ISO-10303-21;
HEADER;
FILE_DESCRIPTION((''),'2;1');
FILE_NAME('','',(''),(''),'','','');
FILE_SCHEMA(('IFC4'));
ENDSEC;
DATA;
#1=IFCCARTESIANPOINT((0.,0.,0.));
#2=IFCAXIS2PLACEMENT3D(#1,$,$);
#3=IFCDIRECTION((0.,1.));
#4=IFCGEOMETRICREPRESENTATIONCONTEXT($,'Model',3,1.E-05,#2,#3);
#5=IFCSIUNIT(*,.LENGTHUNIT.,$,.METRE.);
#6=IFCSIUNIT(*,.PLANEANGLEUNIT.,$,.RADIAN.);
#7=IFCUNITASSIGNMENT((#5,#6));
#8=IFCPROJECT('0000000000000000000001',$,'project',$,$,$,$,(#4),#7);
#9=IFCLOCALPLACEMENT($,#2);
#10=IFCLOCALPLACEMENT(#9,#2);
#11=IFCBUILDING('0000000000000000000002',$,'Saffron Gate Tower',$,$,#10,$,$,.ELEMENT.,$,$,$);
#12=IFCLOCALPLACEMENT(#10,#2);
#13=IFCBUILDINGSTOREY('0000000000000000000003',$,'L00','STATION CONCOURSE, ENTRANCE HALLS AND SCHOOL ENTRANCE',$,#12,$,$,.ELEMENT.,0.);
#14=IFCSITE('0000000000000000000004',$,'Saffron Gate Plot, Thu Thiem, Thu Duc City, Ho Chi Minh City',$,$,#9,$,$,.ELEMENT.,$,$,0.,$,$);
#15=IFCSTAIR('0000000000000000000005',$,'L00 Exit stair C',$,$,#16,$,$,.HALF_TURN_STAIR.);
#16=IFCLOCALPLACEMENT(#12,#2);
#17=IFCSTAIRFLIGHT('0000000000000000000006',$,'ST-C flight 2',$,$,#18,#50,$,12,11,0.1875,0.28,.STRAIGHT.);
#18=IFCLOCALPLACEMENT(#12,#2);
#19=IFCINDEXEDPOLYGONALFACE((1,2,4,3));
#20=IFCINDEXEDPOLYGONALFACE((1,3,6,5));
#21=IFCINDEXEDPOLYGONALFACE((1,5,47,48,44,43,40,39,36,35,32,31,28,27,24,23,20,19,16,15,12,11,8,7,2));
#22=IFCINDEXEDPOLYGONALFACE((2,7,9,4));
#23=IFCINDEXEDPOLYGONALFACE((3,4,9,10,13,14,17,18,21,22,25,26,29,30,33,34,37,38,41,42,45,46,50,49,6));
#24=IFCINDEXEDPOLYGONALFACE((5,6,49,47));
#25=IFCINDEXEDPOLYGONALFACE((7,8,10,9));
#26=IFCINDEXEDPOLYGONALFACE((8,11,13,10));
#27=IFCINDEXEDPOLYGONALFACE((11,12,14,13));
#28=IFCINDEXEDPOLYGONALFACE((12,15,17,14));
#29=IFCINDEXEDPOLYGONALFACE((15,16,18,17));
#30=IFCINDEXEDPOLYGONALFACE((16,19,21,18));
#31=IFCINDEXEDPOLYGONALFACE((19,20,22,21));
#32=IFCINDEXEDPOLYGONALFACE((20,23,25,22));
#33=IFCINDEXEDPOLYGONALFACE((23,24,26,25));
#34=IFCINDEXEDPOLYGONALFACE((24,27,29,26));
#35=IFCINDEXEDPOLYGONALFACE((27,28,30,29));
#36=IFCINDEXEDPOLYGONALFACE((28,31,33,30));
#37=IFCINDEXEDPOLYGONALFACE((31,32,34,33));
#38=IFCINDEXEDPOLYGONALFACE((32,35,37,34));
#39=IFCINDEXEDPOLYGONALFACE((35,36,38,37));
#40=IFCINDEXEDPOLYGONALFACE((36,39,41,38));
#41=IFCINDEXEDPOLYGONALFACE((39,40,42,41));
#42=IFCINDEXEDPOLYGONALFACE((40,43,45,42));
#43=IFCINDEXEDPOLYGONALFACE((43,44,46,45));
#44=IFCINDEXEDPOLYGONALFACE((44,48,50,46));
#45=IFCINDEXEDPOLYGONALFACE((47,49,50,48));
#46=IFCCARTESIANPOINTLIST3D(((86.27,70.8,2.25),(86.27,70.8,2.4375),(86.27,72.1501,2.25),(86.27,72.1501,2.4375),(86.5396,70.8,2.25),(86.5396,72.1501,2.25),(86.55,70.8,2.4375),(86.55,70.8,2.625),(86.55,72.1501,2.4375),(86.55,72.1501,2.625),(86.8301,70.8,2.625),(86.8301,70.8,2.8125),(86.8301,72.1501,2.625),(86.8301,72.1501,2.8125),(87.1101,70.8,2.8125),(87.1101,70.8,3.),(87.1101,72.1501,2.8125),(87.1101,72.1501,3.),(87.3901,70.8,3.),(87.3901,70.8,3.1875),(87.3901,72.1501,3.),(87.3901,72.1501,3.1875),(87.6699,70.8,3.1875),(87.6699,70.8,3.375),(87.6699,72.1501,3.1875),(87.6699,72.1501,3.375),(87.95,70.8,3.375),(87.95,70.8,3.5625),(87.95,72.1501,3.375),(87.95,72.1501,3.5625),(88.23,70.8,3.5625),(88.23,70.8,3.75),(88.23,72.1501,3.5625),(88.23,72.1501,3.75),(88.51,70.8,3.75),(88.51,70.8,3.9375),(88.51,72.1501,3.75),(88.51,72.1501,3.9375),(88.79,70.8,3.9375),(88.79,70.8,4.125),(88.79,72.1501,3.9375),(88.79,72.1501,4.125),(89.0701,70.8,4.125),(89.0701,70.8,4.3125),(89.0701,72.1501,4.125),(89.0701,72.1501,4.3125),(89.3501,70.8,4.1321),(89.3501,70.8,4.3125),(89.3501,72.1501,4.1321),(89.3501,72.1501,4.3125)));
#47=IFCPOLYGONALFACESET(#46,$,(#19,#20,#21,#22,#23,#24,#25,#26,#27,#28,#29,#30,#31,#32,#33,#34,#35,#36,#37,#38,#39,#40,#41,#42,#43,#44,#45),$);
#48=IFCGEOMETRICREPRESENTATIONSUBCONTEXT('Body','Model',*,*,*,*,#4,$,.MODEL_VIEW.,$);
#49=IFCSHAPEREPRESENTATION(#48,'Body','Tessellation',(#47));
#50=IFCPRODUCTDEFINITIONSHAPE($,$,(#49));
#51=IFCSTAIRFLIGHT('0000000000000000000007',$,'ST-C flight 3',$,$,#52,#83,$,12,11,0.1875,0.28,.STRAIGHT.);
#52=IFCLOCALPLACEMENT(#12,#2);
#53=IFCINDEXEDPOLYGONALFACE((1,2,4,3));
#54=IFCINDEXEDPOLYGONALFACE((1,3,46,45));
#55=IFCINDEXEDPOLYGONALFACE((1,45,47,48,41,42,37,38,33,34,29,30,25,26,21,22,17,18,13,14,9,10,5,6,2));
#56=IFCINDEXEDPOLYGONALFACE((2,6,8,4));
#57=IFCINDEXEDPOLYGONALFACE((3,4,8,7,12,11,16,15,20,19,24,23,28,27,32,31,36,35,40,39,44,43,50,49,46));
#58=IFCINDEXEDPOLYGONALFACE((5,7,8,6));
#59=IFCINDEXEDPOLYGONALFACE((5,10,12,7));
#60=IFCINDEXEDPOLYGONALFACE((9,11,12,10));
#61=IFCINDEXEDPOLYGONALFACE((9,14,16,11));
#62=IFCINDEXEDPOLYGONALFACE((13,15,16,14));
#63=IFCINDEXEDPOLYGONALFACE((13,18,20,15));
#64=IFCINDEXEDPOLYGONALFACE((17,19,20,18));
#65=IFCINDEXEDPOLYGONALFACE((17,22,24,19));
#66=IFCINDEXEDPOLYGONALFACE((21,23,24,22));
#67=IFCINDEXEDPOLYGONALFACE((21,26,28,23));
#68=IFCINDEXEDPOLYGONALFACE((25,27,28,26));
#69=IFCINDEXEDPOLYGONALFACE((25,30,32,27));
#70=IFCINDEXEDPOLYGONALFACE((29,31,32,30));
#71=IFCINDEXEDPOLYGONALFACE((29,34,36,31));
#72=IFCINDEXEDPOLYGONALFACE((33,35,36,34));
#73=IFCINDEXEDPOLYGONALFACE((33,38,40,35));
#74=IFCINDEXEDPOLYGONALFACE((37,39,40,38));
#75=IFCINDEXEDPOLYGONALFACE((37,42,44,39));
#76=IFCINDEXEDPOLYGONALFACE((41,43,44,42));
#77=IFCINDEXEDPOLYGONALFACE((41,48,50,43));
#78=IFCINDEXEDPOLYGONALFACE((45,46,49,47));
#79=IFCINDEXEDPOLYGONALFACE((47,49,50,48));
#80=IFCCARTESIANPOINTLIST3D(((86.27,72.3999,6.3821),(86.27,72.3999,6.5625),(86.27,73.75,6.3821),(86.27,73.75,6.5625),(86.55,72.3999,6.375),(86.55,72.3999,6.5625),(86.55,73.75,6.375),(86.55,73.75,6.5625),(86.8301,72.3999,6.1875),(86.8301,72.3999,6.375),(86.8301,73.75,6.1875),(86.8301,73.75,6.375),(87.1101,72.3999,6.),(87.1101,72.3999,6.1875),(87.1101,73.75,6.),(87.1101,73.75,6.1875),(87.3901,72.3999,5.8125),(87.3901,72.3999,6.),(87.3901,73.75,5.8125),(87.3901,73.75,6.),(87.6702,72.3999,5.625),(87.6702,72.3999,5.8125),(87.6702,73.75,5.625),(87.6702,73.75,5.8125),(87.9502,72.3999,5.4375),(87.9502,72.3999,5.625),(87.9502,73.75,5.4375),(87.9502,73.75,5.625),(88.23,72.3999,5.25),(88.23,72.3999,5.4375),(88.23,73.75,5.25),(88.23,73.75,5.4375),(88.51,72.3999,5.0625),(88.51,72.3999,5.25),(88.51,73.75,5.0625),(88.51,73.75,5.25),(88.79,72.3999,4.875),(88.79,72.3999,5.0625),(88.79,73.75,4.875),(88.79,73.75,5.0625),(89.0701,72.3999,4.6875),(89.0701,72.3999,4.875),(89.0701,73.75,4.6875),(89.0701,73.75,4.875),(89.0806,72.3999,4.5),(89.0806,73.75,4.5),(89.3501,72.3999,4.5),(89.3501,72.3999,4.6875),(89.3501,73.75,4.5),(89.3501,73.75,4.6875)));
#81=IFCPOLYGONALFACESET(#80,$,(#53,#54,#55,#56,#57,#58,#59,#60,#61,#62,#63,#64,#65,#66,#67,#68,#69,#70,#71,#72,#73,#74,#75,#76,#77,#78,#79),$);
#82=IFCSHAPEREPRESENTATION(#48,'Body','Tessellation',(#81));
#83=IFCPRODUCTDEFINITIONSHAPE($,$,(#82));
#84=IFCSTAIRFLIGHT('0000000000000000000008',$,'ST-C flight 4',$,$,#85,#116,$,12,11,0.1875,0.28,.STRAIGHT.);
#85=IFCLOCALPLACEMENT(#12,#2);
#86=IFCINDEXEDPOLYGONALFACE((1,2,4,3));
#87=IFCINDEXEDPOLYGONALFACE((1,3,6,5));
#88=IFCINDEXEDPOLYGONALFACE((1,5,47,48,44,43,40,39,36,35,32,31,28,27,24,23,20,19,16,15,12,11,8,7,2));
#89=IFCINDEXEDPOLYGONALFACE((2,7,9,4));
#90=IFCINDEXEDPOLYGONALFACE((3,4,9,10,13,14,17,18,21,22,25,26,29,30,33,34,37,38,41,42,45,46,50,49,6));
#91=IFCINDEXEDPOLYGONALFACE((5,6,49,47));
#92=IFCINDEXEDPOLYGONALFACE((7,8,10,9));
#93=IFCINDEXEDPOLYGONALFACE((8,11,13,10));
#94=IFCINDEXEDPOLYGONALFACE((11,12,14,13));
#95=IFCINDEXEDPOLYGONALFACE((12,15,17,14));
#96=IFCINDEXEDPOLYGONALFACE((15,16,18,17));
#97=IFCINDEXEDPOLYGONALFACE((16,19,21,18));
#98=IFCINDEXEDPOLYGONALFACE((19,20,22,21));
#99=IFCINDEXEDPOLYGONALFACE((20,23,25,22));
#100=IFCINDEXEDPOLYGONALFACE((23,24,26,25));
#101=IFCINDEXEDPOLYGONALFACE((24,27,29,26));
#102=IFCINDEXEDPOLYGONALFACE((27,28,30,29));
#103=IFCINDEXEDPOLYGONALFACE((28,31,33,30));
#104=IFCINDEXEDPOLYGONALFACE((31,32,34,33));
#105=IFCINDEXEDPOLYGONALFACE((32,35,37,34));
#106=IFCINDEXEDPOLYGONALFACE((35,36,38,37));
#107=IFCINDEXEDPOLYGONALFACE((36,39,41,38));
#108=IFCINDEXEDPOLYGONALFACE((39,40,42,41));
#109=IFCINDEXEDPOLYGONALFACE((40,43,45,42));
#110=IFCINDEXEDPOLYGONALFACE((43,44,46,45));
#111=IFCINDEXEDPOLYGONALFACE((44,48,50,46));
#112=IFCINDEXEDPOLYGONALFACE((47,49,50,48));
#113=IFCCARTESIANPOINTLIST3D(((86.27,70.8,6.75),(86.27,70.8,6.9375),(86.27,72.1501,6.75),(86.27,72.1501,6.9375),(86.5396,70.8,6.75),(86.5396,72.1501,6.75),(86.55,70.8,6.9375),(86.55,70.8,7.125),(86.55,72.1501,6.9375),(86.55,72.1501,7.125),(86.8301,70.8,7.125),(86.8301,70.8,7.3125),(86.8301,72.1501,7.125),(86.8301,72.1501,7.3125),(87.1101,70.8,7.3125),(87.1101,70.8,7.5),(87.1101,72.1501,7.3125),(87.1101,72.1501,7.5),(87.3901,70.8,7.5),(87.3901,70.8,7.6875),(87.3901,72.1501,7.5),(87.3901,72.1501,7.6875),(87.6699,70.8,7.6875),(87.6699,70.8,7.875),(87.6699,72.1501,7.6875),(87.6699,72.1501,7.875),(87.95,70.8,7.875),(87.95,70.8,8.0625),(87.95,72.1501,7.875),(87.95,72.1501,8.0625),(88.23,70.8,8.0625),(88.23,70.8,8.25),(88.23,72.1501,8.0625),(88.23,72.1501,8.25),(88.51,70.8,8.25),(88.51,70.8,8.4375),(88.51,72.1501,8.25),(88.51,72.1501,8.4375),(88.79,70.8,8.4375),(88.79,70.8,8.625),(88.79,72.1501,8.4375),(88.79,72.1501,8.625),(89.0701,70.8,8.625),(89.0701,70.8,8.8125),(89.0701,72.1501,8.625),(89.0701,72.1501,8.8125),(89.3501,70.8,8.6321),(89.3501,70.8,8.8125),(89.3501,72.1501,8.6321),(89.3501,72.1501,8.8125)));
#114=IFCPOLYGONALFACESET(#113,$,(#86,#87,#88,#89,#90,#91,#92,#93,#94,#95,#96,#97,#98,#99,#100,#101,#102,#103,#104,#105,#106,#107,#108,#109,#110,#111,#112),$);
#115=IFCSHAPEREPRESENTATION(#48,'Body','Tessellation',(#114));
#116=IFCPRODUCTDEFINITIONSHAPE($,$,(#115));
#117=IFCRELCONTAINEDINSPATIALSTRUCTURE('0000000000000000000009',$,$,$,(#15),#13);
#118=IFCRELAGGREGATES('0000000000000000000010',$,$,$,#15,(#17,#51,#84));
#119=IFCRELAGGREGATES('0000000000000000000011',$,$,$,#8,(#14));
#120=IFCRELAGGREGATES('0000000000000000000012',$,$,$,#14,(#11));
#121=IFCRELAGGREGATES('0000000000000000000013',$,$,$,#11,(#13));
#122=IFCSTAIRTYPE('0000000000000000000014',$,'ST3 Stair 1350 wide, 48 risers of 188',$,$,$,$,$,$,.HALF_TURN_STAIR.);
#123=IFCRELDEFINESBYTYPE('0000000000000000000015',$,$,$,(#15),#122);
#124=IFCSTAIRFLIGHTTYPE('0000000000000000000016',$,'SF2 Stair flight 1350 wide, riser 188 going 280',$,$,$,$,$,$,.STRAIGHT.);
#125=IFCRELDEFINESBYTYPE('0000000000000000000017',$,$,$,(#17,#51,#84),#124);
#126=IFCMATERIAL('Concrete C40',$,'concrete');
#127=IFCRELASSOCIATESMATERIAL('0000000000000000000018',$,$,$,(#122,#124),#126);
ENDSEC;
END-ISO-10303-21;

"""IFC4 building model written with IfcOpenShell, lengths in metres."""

from ifc_helpers import new_model, si_unit, direction, frame, origin, place, context, subcontext, project, spatial, polyline, outline, extrude, material, type_object, element, aggregate, save


model = new_model("IFC4")

# Units and contexts
model_context = context("Model", 3, precision=1e-05, world=origin(), true_north=direction((0.0, 1.0)))
body_context = subcontext(model_context, "Body", "Model", "MODEL_VIEW")
ifc_project = project(units=[si_unit("LENGTHUNIT", "METRE"), si_unit("PLANEANGLEUNIT", "RADIAN")], contexts=[model_context])

# Site, building, storey
site_placement = place(None, origin())
site = spatial("IfcSite", under=ifc_project, at=site_placement, Name="Saffron Gate Plot, Thu Thiem, Thu Duc City, Ho Chi Minh City", CompositionType="ELEMENT", RefElevation=0.0)
building_placement = place(site_placement, origin())
building = spatial("IfcBuilding", under=site, at=building_placement, Name="Saffron Gate Tower", CompositionType="ELEMENT")
storey_placement = place(building_placement, origin())
storey = spatial("IfcBuildingStorey", under=building, at=storey_placement, Name="L00", Description="STATION CONCOURSE, ENTRANCE HALLS AND SCHOOL ENTRANCE", CompositionType="ELEMENT", Elevation=0.0)

# Stair, stair flights
ifc_material_1 = material(Name="Concrete C40", Category="concrete")
stair_type = type_object("IfcStairType", Name="ST3 Stair 1350 wide, 48 risers of 188", PredefinedType="HALF_TURN_STAIR", material=ifc_material_1)
stair_placement = place(storey_placement, origin())
stair = element("IfcStair", 1, at=stair_placement, inside=storey, type_object=stair_type, Name="L00 Exit stair C", PredefinedType="HALF_TURN_STAIR")
stair_flight_type = type_object("IfcStairFlightType", Name="SF2 Stair flight 1350 wide, riser 188 going 280", PredefinedType="STRAIGHT", material=ifc_material_1)
stair_flight_1_placement = place(storey_placement, frame((86.27, 71.4751, 2.25), z_axis=(0.0, 0.0, 1.0), x_axis=(1.0, 0.0, 0.0)))
stair_flight_1 = element("IfcStairFlight", 2, at=stair_flight_1_placement, type_object=stair_flight_type, Name="ST-C flight 2", NumberOfRisers=12, NumberOfTreads=11, PredefinedType="STRAIGHT", RiserHeight=0.1875, TreadLength=0.28, context=body_context, shape_type="SweptSolid", body=[
    extrude(outline(polyline([(0.0, 0.0), (0.0, 0.1875), (0.28, 0.1875), (0.28, 0.375), (0.5601, 0.375), (0.5601, 0.5625), (0.8401, 0.5625), (0.8401, 0.75), (1.1201, 0.75), (1.1201, 0.9375), (1.3999, 0.9375), (1.3999, 1.125), (1.6799, 1.125), (1.6799, 1.3125), (1.96, 1.3125), (1.96, 1.5), (2.24, 1.5), (2.24, 1.6875), (2.52, 1.6875), (2.52, 1.875), (2.8, 1.875), (2.8, 2.0625), (3.0801, 2.0625), (3.0801, 2.25), (3.0801, 1.8821), (0.2695, 0.0), (0.0, 0.0)])), frame((0.0, 0.675, 0.0), z_axis=(0.0, -1.0, 0.0), x_axis=(1.0, 0.0, 0.0)), (0.0, 0.0, 1.0), 1.3501),
])
stair_flight_2_placement = place(storey_placement, frame((89.3501, 73.075, 4.5), z_axis=(0.0, 0.0, 1.0), x_axis=(-1.0, 0.0, 0.0)))
stair_flight_2 = element("IfcStairFlight", 3, at=stair_flight_2_placement, type_object=stair_flight_type, Name="ST-C flight 3", NumberOfRisers=12, NumberOfTreads=11, PredefinedType="STRAIGHT", RiserHeight=0.1875, TreadLength=0.28, context=body_context, shape_type="SweptSolid", body=[
    extrude(outline(polyline([(0.0, 0.0), (0.0, 0.1875), (0.28, 0.1875), (0.28, 0.375), (0.5601, 0.375), (0.5601, 0.5625), (0.8401, 0.5625), (0.8401, 0.75), (1.1201, 0.75), (1.1201, 0.9375), (1.3999, 0.9375), (1.3999, 1.125), (1.6799, 1.125), (1.6799, 1.3125), (1.96, 1.3125), (1.96, 1.5), (2.24, 1.5), (2.24, 1.6875), (2.52, 1.6875), (2.52, 1.875), (2.8, 1.875), (2.8, 2.0625), (3.0801, 2.0625), (3.0801, 2.25), (3.0801, 1.8821), (0.2695, 0.0), (0.0, 0.0)])), frame((0.0, 0.675, 0.0), z_axis=(0.0, -1.0, 0.0), x_axis=(1.0, 0.0, 0.0)), (0.0, 0.0, 1.0), 1.3501),
])
stair_flight_3_placement = place(storey_placement, frame((86.27, 71.4751, 6.75), z_axis=(0.0, 0.0, 1.0), x_axis=(1.0, 0.0, 0.0)))
stair_flight_3 = element("IfcStairFlight", 4, at=stair_flight_3_placement, type_object=stair_flight_type, Name="ST-C flight 4", NumberOfRisers=12, NumberOfTreads=11, PredefinedType="STRAIGHT", RiserHeight=0.1875, TreadLength=0.28, context=body_context, shape_type="SweptSolid", body=[
    extrude(outline(polyline([(0.0, 0.0), (0.0, 0.1875), (0.28, 0.1875), (0.28, 0.375), (0.5601, 0.375), (0.5601, 0.5625), (0.8401, 0.5625), (0.8401, 0.75), (1.1201, 0.75), (1.1201, 0.9375), (1.3999, 0.9375), (1.3999, 1.125), (1.6799, 1.125), (1.6799, 1.3125), (1.96, 1.3125), (1.96, 1.5), (2.24, 1.5), (2.24, 1.6875), (2.52, 1.6875), (2.52, 1.875), (2.8, 1.875), (2.8, 2.0625), (3.0801, 2.0625), (3.0801, 2.25), (3.0801, 1.8821), (0.2695, 0.0), (0.0, 0.0)])), frame((0.0, 0.675, 0.0), z_axis=(0.0, -1.0, 0.0), x_axis=(1.0, 0.0, 0.0)), (0.0, 0.0, 1.0), 1.3501),
])
aggregate(stair, [stair_flight_1, stair_flight_2, stair_flight_3])

save(model, "model.ifc")
